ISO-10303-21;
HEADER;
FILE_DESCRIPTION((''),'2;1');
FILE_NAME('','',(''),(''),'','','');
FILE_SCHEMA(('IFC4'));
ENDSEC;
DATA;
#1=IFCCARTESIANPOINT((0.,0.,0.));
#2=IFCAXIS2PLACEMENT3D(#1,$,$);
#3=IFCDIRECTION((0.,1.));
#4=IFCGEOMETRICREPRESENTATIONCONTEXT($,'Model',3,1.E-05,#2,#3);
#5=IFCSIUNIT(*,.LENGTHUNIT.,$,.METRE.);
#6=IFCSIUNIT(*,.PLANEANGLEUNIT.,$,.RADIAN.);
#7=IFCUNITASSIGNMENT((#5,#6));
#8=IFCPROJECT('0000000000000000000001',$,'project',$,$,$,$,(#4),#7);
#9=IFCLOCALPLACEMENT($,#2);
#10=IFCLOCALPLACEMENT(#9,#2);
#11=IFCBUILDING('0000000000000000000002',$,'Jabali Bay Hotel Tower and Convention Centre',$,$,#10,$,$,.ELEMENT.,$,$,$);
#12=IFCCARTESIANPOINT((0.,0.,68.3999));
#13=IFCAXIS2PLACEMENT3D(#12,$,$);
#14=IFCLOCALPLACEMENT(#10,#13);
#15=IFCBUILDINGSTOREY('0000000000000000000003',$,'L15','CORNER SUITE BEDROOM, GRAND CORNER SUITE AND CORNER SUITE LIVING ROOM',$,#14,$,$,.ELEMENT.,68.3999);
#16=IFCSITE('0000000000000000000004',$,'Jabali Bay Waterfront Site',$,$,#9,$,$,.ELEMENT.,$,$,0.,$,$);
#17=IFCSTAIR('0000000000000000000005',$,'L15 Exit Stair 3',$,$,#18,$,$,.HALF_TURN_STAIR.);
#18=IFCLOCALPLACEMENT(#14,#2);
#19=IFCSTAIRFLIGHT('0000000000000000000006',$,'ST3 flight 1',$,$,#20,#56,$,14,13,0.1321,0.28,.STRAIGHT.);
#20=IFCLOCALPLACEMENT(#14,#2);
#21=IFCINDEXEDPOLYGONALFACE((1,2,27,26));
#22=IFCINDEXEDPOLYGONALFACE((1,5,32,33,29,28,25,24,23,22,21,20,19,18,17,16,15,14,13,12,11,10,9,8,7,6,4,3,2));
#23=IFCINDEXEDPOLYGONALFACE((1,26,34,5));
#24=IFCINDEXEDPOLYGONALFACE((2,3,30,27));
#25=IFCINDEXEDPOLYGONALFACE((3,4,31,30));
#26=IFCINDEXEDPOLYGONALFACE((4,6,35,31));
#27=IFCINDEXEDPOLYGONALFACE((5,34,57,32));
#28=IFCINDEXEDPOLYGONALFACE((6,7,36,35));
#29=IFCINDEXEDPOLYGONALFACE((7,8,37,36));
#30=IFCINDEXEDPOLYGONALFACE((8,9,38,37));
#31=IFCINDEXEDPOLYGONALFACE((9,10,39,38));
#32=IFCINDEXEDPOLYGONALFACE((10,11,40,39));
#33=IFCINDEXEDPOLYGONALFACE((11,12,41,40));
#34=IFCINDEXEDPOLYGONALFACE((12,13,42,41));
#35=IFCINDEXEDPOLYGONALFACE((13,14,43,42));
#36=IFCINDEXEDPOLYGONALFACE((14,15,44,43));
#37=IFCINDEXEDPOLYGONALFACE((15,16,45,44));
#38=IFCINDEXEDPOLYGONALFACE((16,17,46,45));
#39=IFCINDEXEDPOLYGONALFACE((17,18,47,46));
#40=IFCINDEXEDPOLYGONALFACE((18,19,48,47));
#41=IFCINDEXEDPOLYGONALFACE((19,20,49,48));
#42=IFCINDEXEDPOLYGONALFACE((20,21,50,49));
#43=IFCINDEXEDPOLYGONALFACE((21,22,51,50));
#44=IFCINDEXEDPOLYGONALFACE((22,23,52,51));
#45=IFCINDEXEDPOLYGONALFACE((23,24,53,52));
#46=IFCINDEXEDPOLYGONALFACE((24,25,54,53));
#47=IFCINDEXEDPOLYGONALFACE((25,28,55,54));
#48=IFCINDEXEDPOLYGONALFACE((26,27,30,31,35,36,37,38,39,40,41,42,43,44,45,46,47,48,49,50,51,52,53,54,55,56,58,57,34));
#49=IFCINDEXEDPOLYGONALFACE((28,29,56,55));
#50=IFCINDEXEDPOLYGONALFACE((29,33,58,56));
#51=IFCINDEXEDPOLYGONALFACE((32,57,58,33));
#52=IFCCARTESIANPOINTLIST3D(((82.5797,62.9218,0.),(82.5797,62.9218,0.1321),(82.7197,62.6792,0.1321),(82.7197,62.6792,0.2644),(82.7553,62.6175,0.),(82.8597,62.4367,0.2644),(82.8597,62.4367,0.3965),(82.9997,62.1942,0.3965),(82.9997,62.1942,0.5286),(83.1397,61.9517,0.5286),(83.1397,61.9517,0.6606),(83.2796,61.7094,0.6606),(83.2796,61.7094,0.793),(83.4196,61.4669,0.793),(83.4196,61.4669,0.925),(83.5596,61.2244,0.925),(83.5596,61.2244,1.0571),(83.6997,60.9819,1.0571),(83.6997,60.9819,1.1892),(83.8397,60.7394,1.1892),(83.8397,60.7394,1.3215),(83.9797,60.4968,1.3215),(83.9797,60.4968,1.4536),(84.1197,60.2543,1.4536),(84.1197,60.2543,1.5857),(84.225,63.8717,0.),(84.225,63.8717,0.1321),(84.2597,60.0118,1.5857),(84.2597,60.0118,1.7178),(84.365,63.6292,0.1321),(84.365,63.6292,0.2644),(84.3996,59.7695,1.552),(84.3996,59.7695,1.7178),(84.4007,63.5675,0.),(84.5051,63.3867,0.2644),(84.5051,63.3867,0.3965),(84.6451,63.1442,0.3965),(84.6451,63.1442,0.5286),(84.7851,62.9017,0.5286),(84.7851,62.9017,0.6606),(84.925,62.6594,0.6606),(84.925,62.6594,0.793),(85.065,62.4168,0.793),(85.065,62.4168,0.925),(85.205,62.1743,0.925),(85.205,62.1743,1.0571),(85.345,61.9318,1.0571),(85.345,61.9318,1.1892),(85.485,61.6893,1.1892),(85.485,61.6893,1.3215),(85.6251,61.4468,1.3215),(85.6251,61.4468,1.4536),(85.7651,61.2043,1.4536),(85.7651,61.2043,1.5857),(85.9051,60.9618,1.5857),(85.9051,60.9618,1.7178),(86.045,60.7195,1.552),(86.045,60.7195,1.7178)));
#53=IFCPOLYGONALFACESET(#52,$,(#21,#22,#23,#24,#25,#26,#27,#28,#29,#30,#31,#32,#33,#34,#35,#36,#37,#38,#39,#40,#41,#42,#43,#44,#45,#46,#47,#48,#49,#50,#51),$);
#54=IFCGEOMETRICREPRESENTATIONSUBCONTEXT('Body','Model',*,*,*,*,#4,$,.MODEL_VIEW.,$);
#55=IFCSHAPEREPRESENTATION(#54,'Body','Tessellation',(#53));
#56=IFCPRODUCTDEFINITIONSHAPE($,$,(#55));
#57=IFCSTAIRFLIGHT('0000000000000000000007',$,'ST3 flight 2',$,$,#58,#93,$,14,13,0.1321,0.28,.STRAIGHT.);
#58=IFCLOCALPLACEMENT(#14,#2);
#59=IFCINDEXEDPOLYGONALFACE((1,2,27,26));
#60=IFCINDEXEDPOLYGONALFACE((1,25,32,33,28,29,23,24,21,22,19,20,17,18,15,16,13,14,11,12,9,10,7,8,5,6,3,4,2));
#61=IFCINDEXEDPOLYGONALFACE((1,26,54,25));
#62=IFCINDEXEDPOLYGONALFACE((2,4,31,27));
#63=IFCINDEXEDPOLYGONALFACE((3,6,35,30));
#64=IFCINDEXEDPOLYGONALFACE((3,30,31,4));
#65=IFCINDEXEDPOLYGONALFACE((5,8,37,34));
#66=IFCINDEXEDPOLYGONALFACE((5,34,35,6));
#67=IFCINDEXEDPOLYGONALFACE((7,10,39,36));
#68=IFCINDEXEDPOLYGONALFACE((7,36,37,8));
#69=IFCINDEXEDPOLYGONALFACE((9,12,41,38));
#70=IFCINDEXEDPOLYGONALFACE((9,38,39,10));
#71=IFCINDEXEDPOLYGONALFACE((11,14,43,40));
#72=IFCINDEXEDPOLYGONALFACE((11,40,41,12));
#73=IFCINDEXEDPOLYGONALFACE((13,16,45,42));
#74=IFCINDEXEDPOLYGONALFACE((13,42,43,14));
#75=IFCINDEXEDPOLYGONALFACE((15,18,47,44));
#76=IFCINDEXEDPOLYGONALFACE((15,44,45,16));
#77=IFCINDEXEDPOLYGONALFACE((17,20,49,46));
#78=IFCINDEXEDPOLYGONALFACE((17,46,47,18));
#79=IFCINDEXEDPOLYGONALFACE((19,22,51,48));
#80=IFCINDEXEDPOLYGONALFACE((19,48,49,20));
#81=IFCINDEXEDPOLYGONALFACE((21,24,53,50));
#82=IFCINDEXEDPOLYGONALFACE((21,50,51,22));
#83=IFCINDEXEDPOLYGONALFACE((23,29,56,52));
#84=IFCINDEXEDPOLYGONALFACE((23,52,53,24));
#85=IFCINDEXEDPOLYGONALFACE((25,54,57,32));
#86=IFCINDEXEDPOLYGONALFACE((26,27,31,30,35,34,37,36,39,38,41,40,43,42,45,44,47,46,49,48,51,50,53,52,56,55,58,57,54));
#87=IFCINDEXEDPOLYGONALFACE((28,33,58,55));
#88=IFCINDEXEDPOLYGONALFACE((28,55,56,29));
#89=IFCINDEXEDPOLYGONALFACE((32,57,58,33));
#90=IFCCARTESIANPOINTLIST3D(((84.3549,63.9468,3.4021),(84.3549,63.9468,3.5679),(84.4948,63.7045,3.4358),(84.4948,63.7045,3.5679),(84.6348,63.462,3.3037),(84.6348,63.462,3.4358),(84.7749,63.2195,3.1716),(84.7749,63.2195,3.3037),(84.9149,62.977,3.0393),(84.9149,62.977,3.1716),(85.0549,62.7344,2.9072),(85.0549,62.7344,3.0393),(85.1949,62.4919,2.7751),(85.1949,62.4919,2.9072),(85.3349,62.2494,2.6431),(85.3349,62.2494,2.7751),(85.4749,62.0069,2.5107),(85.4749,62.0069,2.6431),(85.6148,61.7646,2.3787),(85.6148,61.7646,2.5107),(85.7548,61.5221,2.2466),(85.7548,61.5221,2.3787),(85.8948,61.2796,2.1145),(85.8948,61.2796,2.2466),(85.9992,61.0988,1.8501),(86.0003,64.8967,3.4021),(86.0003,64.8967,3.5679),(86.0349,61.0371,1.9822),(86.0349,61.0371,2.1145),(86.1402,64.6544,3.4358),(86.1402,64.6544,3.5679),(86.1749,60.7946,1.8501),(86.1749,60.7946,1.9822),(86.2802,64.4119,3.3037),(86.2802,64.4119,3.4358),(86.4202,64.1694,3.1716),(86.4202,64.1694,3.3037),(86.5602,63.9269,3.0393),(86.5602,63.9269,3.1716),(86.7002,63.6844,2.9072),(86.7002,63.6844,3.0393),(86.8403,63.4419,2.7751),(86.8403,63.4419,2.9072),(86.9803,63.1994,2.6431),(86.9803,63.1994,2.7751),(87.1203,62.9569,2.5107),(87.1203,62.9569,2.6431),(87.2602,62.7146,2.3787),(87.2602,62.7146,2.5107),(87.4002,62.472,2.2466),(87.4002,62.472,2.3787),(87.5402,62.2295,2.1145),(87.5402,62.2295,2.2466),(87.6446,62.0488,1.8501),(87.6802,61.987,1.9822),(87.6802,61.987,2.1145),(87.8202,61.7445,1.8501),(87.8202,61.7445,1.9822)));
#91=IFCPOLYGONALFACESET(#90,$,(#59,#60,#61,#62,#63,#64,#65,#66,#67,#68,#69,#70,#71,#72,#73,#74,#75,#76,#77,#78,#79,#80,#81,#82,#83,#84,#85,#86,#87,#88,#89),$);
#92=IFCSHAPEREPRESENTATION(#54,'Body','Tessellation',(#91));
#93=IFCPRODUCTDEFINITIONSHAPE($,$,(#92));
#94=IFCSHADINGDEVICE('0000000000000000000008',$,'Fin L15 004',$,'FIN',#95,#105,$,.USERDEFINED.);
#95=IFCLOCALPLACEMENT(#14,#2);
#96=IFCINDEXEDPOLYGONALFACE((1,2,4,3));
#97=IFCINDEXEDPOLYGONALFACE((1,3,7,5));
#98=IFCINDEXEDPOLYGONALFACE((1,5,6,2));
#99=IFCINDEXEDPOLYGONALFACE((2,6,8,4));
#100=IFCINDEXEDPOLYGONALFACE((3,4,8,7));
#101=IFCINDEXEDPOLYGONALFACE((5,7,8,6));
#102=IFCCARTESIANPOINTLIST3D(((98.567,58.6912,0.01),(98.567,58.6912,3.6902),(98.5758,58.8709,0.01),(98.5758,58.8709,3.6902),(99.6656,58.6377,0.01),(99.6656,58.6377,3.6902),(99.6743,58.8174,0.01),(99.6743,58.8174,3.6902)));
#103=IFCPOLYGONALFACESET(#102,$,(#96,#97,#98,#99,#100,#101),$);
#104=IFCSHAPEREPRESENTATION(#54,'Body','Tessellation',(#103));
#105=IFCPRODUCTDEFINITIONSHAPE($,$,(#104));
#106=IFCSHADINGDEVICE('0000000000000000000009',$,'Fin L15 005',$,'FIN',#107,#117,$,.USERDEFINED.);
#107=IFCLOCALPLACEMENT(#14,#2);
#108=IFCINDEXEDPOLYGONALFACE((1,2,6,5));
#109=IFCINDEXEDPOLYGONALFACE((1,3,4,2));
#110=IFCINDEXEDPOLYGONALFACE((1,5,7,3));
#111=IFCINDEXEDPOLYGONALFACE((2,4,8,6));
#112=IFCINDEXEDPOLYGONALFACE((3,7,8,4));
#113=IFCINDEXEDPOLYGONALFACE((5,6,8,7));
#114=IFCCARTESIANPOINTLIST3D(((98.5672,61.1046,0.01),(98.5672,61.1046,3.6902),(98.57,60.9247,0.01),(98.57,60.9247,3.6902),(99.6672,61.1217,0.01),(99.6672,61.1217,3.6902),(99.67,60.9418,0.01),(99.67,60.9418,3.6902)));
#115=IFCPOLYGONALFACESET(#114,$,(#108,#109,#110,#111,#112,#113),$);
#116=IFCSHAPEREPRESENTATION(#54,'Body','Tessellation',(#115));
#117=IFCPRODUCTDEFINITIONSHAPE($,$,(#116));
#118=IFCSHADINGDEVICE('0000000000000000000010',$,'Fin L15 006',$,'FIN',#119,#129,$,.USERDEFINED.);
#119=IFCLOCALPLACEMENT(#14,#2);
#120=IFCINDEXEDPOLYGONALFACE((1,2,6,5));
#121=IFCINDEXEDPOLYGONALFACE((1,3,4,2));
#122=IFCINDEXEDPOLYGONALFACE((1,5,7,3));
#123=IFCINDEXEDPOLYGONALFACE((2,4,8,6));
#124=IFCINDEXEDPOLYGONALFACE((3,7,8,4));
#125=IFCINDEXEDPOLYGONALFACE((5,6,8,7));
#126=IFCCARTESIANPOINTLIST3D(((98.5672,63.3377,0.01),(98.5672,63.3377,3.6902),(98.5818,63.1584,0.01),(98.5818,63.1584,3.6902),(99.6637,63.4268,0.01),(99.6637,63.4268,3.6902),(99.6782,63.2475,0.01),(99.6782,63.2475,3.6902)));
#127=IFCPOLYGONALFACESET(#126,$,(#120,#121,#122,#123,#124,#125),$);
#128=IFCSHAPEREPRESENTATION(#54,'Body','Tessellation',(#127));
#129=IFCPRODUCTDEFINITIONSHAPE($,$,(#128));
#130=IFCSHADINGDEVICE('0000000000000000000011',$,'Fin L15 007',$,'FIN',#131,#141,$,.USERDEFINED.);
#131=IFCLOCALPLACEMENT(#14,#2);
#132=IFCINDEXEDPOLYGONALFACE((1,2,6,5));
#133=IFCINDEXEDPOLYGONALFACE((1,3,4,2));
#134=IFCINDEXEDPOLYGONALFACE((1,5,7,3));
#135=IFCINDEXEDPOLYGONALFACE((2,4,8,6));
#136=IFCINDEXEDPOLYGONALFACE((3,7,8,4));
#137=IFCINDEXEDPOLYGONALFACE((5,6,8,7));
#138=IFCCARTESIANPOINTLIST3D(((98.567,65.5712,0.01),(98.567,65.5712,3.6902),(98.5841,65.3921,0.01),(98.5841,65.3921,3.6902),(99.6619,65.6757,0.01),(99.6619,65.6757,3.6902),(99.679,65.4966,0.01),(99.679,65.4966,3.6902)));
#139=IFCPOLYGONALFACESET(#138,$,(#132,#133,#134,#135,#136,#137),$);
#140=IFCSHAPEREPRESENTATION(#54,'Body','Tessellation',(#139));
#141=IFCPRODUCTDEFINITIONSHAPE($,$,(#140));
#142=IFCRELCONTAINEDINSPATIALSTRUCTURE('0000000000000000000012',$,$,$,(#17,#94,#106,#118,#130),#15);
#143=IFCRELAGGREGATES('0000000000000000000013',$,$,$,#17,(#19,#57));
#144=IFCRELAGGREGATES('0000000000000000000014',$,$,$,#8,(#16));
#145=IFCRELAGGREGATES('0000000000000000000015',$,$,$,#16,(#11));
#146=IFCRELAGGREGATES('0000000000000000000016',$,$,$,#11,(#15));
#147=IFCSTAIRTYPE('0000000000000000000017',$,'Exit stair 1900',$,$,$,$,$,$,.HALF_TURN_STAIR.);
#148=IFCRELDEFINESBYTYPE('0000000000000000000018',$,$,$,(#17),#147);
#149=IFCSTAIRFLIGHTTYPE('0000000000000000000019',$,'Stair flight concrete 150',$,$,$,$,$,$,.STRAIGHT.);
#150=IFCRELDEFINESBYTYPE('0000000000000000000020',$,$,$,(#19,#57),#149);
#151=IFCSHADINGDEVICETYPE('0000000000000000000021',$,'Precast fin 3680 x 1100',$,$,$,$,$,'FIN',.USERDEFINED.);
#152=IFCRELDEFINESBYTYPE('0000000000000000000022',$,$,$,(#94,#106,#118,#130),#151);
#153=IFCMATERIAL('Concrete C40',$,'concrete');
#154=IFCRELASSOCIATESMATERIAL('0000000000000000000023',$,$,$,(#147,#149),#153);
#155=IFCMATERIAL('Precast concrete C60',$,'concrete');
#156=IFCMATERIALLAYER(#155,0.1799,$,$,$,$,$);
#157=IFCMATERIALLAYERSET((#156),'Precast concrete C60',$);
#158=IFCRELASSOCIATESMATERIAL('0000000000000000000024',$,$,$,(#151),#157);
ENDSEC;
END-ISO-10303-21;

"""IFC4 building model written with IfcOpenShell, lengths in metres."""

from ifc_helpers import new_model, si_unit, direction, frame, frame_2d, origin, place, context, subcontext, project, spatial, polyline, rectangle, outline, extrude, material, layer, layer_set, type_object, element, aggregate, save


model = new_model("IFC4")

# Units and contexts
model_context = context("Model", 3, precision=1e-05, world=origin(), true_north=direction((0.0, 1.0)))
body_context = subcontext(model_context, "Body", "Model", "MODEL_VIEW")
ifc_project = project(units=[si_unit("LENGTHUNIT", "METRE"), si_unit("PLANEANGLEUNIT", "RADIAN")], contexts=[model_context])

# Site, building, storey
site_placement = place(None, origin())
site = spatial("IfcSite", under=ifc_project, at=site_placement, Name="Jabali Bay Waterfront Site", CompositionType="ELEMENT", RefElevation=0.0)
building_placement = place(site_placement, origin())
building = spatial("IfcBuilding", under=site, at=building_placement, Name="Jabali Bay Hotel Tower and Convention Centre", CompositionType="ELEMENT")
storey_placement = place(building_placement, frame((0.0, 0.0, 68.3999)))
storey = spatial("IfcBuildingStorey", under=building, at=storey_placement, Name="L15", Description="CORNER SUITE BEDROOM, GRAND CORNER SUITE AND CORNER SUITE LIVING ROOM", CompositionType="ELEMENT", Elevation=68.3999)

# Shared definitions
ifc_material_1 = material(Name="Concrete C40", Category="concrete")

# Stair, stair flights
stair_type = type_object("IfcStairType", Name="Exit stair 1900", PredefinedType="HALF_TURN_STAIR", material=ifc_material_1)
stair_placement = place(storey_placement, origin())
stair = element("IfcStair", 1, at=stair_placement, inside=storey, type_object=stair_type, Name="L15 Exit Stair 3", PredefinedType="HALF_TURN_STAIR")
stair_flight_type = type_object("IfcStairFlightType", Name="Stair flight concrete 150", PredefinedType="STRAIGHT", material=ifc_material_1)
stair_flight_1_placement = place(storey_placement, frame((83.4023, 63.3967, 0.0), z_axis=(0.0, 0.0, 1.0), x_axis=(0.5, -0.866025, 0.0)))
stair_flight_1 = element("IfcStairFlight", 2, at=stair_flight_1_placement, type_object=stair_flight_type, Name="ST3 flight 1", NumberOfRisers=14, NumberOfTreads=13, PredefinedType="STRAIGHT", RiserHeight=0.1321, TreadLength=0.28, context=body_context, shape_type="SweptSolid", body=[
    extrude(outline(polyline([(0.0, 0.0), (0.0, 0.1321), (0.28, 0.1321), (0.28, 0.2644), (0.5601, 0.2644), (0.5601, 0.3965), (0.8401, 0.3965), (0.8401, 0.5286), (1.1201, 0.5286), (1.1201, 0.6606), (1.3999, 0.6606), (1.3999, 0.793), (1.6799, 0.793), (1.6799, 0.925), (1.96, 0.925), (1.96, 1.0571), (2.24, 1.0571), (2.24, 1.1892), (2.52, 1.1892), (2.52, 1.3215), (2.8, 1.3215), (2.8, 1.4536), (3.0801, 1.4536), (3.0801, 1.5857), (3.3601, 1.5857), (3.3601, 1.7178), (3.6399, 1.7178), (3.6399, 1.8501), (3.6399, 1.552), (0.3513, 0.0), (0.0, 0.0)])), frame((0.0, 0.95, 0.0), z_axis=(0.0, -1.0, 0.0), x_axis=(1.0, 0.0, 0.0)), (0.0, 0.0, 1.0), 1.8999),
])
stair_flight_2_placement = place(storey_placement, frame((86.9976, 61.2695, 1.8501), z_axis=(0.0, 0.0, 1.0), x_axis=(-0.5, 0.866025, 0.0)))
stair_flight_2 = element("IfcStairFlight", 3, at=stair_flight_2_placement, type_object=stair_flight_type, Name="ST3 flight 2", NumberOfRisers=14, NumberOfTreads=13, PredefinedType="STRAIGHT", RiserHeight=0.1321, TreadLength=0.28, context=body_context, shape_type="SweptSolid", body=[
    extrude(outline(polyline([(0.0, 0.0), (0.0, 0.1321), (0.28, 0.1321), (0.28, 0.2644), (0.5601, 0.2644), (0.5601, 0.3965), (0.8401, 0.3965), (0.8401, 0.5286), (1.1201, 0.5286), (1.1201, 0.6606), (1.3999, 0.6606), (1.3999, 0.793), (1.6799, 0.793), (1.6799, 0.925), (1.96, 0.925), (1.96, 1.0571), (2.24, 1.0571), (2.24, 1.1892), (2.52, 1.1892), (2.52, 1.3215), (2.8, 1.3215), (2.8, 1.4536), (3.0801, 1.4536), (3.0801, 1.5857), (3.3601, 1.5857), (3.3601, 1.7178), (3.6399, 1.7178), (3.6399, 1.8501), (3.6399, 1.552), (0.3513, 0.0), (0.0, 0.0)])), frame((0.0, 0.95, 0.0), z_axis=(0.0, -1.0, 0.0), x_axis=(1.0, 0.0, 0.0)), (0.0, 0.0, 1.0), 1.8999),
])
aggregate(stair, [stair_flight_1, stair_flight_2])

# Shading devices
ifc_material_2 = material(Name="Precast concrete C60", Category="concrete")
ifc_layer_1 = layer(ifc_material_2, 0.1799)
ifc_layer_set_1 = layer_set([ifc_layer_1], Name="Precast concrete C60")
shading_device_type = type_object("IfcShadingDeviceType", Name="Precast fin 3680 x 1100", ElementType="FIN", PredefinedType="USERDEFINED", material=ifc_layer_set_1)
shading_device_1_placement = place(storey_placement, frame((98.5715, 58.781, 0.01), z_axis=(0.0, 0.0, 1.0), x_axis=(0.998818, -0.048609, 0.0)))
element("IfcShadingDevice", 4, at=shading_device_1_placement, inside=storey, type_object=shading_device_type, Name="Fin L15 004", ObjectType="FIN", PredefinedType="USERDEFINED", context=body_context, shape_type="SweptSolid", body=[
    extrude(rectangle(XDim=1.0999, YDim=0.1799, at=frame_2d((0.5498, 0.0))), origin(), (0.0, 0.0, 1.0), 3.6802),
])
for number, where, z_axis, x_axis, name in (
    (5, (98.5686, 61.0146, 0.01), (0.0, 0.0, 1.0), (0.999879, 0.015536, 0.0), "Fin L15 005"),
    (6, (98.5745, 63.248, 0.01), (0.0, 0.0, 1.0), (0.996714, 0.081007, 0.0), "Fin L15 006"),
):
    element("IfcShadingDevice", number, at=place(storey_placement, frame(where, z_axis=z_axis, x_axis=x_axis)), inside=storey, type_object=shading_device_type, Name=name, ObjectType="FIN", PredefinedType="USERDEFINED", context=body_context, shape_type="SweptSolid", body=[
        extrude(rectangle(XDim=1.1001, YDim=0.1799, at=frame_2d((0.55, 0.0))), origin(), (0.0, 0.0, 1.0), 3.6802),
    ])
shading_device_2_placement = place(storey_placement, frame((98.5757, 65.4817, 0.01), z_axis=(0.0, 0.0, 1.0), x_axis=(0.995477, 0.094998, 0.0)))
element("IfcShadingDevice", 7, at=shading_device_2_placement, inside=storey, type_object=shading_device_type, Name="Fin L15 007", ObjectType="FIN", PredefinedType="USERDEFINED", context=body_context, shape_type="SweptSolid", body=[
    extrude(rectangle(XDim=1.0999, YDim=0.1799, at=frame_2d((0.5498, 0.0))), origin(), (0.0, 0.0, 1.0), 3.6802),
])

save(model, "model.ifc")
